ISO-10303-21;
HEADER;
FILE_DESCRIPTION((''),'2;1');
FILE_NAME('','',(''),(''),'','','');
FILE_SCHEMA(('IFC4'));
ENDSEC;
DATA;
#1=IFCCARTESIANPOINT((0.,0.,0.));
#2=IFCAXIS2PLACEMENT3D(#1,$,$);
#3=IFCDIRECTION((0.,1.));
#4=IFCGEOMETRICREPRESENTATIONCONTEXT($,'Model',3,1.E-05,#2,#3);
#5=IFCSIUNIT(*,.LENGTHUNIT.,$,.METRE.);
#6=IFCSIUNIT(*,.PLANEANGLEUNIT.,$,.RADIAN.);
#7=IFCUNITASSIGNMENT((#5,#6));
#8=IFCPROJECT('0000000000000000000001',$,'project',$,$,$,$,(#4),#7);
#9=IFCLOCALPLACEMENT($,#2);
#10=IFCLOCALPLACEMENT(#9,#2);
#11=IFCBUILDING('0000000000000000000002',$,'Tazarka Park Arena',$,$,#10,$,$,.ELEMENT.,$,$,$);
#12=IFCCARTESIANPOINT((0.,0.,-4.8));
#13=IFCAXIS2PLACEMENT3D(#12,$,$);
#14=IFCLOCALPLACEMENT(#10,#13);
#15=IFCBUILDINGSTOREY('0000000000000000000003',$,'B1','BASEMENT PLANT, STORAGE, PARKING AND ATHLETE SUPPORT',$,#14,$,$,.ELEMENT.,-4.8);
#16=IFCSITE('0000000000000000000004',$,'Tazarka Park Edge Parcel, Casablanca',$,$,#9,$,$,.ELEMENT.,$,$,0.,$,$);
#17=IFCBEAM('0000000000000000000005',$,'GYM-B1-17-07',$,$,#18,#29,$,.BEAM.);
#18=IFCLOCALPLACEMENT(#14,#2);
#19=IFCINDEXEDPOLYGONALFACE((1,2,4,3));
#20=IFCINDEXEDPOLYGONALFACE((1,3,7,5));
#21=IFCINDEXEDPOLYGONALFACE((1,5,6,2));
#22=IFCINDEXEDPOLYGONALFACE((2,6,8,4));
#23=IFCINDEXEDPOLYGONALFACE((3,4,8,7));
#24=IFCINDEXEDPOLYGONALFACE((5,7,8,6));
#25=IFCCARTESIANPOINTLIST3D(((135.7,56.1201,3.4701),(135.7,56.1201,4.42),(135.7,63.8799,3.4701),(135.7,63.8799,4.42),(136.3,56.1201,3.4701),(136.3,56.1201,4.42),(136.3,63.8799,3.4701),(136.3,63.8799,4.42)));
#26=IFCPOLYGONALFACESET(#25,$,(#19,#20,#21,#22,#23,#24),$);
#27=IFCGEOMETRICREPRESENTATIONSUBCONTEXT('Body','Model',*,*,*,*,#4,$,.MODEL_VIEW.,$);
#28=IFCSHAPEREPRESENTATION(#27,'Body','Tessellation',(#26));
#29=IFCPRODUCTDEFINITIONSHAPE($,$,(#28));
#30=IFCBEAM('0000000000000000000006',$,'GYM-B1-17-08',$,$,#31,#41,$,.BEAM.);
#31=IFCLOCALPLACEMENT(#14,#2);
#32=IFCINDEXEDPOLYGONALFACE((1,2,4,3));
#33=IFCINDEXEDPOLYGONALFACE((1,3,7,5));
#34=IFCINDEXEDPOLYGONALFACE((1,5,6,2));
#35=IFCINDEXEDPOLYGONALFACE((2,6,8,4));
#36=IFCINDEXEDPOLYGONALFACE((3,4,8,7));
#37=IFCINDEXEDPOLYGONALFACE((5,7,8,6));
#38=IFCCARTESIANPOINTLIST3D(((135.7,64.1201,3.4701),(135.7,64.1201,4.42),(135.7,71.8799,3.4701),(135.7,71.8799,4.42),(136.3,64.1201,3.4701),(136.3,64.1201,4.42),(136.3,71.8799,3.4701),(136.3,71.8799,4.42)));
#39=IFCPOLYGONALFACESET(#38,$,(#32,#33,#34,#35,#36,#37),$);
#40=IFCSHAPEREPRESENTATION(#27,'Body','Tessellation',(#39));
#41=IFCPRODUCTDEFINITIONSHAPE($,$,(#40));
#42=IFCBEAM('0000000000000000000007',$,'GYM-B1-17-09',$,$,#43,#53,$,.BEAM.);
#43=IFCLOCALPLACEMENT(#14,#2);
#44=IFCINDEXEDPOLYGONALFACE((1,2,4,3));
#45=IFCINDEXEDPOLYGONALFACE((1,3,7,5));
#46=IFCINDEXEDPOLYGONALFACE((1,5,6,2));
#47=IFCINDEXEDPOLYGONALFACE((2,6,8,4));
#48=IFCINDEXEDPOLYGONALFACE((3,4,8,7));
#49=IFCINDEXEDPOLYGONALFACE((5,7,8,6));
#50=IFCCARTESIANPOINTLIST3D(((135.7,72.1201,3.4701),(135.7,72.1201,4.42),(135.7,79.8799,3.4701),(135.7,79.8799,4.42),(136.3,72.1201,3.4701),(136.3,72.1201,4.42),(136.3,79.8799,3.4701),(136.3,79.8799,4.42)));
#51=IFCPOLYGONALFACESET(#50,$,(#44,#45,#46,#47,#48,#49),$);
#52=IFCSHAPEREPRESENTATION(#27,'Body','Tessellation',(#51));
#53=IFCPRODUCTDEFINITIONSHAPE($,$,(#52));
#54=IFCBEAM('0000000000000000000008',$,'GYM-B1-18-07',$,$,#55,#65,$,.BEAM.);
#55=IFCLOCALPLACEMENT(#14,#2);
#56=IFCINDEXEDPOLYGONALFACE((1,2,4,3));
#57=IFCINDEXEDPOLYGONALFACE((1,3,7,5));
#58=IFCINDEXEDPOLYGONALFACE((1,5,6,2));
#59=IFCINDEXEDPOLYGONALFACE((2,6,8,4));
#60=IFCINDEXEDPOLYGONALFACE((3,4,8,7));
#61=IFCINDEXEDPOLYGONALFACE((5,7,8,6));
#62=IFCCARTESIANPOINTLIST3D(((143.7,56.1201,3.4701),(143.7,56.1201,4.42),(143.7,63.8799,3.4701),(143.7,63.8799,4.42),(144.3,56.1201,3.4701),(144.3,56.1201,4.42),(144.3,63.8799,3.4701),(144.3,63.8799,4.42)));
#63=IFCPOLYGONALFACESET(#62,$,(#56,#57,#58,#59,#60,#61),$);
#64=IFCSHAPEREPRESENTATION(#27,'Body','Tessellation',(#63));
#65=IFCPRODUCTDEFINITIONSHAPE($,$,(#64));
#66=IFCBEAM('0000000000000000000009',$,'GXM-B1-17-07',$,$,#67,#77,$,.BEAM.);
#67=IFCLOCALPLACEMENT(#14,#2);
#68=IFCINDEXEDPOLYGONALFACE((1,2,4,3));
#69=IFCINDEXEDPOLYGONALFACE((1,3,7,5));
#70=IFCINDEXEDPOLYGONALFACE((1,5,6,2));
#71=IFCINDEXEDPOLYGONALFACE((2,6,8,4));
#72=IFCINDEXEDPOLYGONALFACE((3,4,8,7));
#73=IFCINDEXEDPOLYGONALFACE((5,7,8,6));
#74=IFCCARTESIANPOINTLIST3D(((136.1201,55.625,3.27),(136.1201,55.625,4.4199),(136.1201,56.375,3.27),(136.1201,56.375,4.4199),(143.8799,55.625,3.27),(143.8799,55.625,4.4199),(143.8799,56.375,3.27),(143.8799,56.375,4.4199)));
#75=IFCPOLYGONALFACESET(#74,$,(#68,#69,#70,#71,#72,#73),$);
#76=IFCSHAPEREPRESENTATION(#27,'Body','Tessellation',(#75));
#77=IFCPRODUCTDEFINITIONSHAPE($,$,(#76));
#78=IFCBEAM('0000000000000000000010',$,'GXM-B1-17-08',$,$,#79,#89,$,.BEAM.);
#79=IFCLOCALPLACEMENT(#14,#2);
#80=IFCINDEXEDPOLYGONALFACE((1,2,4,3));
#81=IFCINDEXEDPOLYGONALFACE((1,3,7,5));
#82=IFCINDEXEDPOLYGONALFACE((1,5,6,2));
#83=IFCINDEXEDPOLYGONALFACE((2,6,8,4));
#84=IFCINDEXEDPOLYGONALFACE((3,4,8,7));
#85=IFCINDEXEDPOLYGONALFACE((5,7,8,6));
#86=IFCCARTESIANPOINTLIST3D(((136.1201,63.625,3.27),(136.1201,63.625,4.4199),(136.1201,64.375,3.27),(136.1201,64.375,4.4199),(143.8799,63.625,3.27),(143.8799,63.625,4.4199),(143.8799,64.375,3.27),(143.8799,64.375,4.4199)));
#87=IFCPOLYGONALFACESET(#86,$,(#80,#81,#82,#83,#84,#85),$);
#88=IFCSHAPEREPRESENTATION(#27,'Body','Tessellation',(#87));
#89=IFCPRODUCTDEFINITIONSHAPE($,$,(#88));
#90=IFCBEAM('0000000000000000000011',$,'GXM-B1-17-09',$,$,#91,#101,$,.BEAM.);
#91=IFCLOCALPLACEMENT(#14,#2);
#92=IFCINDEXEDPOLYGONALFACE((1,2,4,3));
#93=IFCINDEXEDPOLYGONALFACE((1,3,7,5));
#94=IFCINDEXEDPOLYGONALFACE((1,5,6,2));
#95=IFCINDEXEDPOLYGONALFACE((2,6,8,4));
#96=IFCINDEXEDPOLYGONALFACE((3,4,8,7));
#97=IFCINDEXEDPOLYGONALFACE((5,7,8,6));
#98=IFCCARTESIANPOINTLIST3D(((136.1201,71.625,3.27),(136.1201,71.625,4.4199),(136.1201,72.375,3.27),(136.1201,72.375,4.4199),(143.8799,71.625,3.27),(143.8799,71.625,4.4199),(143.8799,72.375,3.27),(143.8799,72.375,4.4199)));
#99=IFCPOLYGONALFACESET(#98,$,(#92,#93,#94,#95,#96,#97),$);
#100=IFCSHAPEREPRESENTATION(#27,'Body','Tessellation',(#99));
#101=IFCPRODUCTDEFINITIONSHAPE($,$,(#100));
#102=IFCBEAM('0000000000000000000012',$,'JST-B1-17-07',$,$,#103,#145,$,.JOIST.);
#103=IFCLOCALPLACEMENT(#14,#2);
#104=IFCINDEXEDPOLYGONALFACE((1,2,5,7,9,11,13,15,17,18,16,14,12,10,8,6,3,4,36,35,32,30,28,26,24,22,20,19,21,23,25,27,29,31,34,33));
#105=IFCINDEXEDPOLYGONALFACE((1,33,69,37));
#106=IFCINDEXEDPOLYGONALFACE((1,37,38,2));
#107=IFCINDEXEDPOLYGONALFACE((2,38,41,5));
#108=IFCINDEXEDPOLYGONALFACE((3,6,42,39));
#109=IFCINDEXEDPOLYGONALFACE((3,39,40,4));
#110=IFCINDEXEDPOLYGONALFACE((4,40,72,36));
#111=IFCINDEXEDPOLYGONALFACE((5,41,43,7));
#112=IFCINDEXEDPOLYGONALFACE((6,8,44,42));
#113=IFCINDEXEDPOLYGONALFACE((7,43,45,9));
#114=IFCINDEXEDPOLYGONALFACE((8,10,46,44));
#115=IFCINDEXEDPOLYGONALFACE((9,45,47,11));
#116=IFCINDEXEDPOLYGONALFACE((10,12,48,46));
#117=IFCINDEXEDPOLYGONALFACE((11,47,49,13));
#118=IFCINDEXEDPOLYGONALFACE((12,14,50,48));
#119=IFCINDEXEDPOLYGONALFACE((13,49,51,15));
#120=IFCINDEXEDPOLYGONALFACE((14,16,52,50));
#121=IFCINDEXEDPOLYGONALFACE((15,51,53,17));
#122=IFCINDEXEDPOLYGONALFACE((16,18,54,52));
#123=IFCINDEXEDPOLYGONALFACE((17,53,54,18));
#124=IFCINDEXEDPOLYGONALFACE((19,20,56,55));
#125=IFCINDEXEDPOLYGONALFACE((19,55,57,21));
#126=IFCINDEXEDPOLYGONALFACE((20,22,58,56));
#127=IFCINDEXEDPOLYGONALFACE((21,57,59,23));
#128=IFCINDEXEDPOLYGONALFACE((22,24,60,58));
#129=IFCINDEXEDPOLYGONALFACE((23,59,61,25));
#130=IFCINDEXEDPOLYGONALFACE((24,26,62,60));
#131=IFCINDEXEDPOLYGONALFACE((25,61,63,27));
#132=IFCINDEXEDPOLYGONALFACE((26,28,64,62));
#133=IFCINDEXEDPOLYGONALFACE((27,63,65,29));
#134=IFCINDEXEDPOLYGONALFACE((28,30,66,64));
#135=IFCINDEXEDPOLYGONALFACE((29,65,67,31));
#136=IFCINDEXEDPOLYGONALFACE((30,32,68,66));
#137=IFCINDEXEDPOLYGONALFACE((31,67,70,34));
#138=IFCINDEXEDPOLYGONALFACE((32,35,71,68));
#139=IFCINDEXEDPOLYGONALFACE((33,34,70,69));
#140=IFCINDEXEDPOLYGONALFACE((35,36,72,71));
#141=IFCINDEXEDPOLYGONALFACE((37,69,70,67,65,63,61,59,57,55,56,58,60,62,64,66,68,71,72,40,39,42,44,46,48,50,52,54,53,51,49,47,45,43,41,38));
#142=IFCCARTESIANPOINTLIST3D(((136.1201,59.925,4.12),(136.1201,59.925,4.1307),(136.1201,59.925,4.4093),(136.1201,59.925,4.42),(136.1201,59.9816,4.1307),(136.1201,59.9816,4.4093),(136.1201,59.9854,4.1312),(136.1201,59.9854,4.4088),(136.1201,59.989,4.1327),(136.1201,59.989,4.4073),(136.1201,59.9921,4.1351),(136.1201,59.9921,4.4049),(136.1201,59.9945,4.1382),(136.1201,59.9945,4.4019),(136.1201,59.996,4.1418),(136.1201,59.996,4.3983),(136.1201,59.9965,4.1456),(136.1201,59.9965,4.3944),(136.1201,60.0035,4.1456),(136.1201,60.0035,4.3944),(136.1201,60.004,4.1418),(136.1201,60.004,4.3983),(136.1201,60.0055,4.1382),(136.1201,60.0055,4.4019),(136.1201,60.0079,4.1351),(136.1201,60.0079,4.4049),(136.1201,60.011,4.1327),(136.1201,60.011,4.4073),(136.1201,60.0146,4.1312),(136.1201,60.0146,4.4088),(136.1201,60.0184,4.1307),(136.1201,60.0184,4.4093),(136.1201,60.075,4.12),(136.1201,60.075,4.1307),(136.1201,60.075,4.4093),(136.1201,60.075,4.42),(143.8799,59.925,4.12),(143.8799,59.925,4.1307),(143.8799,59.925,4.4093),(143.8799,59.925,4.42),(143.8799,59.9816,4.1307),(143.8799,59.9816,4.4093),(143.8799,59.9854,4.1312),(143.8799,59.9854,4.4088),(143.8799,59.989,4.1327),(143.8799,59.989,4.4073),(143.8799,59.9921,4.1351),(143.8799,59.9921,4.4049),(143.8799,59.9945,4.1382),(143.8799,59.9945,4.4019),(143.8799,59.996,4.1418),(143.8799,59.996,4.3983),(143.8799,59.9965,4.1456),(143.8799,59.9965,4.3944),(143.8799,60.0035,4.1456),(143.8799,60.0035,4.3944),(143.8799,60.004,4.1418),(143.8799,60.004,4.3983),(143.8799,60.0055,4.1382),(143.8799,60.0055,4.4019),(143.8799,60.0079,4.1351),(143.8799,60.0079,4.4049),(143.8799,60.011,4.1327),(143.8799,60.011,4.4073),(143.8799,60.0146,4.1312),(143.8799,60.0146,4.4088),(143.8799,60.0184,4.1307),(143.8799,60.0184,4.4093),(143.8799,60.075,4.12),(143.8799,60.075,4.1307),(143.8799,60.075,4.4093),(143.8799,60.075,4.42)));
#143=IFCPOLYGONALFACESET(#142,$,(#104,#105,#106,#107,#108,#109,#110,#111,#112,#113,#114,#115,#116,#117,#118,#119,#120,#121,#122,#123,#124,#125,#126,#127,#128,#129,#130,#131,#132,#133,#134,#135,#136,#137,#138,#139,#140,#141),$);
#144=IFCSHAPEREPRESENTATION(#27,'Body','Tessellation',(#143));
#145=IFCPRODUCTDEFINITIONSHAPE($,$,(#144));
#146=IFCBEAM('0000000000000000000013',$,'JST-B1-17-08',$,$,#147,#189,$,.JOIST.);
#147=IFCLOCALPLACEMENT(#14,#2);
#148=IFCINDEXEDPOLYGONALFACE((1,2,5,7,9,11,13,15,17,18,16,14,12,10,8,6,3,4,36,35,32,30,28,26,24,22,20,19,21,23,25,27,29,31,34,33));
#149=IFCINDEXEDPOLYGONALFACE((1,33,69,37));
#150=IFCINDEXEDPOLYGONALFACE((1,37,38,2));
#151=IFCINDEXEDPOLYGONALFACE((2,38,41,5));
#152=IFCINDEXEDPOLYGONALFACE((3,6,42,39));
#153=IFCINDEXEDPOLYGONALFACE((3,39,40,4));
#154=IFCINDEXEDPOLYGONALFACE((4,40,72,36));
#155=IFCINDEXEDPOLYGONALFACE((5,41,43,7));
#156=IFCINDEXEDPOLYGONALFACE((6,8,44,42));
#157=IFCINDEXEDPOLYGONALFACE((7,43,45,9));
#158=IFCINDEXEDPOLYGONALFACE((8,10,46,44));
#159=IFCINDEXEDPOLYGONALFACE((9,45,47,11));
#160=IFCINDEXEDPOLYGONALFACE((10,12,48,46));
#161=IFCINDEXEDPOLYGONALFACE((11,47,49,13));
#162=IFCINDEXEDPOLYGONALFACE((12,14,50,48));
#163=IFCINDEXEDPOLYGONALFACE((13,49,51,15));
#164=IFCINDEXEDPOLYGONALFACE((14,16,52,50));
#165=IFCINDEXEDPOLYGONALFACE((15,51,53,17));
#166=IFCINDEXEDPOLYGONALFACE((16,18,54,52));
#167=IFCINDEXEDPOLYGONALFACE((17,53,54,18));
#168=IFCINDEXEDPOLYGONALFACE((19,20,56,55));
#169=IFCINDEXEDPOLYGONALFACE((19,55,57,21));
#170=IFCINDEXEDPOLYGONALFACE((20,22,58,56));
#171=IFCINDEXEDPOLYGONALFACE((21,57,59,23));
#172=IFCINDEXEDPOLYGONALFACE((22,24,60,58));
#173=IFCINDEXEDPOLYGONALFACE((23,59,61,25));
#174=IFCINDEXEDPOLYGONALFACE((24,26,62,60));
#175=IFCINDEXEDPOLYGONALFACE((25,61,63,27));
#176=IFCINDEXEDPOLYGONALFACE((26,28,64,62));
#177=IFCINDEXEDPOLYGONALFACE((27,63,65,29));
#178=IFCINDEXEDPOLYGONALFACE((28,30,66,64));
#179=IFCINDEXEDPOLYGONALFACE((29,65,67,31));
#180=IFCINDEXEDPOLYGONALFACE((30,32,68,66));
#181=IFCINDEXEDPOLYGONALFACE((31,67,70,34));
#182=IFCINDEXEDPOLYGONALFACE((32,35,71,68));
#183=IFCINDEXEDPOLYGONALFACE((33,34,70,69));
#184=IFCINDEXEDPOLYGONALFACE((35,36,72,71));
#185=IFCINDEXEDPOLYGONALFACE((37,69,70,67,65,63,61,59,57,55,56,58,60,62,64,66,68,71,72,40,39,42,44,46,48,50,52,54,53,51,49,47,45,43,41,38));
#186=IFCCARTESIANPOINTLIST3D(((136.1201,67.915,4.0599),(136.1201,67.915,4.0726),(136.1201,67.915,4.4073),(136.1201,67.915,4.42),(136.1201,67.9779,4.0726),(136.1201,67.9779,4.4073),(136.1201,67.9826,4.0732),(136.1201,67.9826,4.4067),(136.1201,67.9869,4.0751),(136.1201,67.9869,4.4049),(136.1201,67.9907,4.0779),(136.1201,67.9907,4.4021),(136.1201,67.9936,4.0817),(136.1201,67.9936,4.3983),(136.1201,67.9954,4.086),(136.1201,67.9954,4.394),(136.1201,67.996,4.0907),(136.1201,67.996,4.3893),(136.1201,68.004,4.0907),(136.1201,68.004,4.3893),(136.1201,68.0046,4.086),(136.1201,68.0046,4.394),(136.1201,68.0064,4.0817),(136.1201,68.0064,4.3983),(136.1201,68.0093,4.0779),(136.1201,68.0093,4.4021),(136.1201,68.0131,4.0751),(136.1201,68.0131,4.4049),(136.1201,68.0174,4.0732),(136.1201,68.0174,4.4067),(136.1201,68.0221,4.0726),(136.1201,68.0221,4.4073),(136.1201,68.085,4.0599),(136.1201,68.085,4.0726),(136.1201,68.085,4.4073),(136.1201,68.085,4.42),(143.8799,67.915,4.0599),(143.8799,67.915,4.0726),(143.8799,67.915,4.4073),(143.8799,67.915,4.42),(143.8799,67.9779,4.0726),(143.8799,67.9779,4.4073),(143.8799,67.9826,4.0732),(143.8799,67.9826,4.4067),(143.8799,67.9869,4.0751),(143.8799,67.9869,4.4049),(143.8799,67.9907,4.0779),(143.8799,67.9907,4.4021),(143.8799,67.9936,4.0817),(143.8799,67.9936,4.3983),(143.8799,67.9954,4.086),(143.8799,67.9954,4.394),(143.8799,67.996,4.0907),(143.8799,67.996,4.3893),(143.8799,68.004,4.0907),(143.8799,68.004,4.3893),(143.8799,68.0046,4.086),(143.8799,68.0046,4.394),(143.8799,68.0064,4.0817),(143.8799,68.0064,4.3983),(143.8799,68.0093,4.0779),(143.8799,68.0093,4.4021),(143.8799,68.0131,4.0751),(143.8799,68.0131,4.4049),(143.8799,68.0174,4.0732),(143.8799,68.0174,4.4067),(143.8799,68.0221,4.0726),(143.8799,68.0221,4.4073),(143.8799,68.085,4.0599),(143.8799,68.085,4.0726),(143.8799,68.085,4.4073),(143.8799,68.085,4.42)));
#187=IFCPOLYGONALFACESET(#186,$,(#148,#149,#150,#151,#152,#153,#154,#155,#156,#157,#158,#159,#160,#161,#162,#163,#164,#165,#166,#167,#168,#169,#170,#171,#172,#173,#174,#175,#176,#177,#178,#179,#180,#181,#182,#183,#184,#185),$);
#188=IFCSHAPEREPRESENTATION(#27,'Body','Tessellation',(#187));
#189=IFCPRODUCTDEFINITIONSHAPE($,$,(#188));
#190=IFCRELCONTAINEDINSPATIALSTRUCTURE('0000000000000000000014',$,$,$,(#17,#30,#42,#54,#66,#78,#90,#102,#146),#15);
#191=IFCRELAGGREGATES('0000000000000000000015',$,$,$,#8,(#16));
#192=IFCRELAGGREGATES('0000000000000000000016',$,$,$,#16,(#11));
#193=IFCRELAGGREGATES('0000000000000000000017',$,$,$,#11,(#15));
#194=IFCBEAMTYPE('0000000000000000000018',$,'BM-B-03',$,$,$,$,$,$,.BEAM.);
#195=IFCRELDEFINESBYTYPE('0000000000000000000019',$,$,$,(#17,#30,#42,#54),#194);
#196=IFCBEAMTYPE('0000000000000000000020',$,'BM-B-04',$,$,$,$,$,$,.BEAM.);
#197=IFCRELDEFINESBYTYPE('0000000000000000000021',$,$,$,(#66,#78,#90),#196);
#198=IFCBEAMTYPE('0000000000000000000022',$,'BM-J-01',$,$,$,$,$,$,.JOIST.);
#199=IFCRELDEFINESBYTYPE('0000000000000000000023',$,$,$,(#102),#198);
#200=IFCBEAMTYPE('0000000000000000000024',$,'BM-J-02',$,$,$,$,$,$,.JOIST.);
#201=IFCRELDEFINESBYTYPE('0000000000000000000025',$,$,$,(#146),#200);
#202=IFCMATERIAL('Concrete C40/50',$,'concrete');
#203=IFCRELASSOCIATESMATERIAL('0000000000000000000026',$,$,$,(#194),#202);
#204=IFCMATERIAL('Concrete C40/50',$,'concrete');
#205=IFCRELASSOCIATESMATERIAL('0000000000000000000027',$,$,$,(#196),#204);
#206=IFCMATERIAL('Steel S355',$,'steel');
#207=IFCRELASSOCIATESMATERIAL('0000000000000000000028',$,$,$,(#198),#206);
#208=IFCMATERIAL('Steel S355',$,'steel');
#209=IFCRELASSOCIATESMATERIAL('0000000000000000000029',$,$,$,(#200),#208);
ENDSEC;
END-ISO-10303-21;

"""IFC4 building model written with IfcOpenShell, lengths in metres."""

from ifc_helpers import new_model, si_unit, direction, frame, origin, origin_2d, place, context, subcontext, project, spatial, rectangle, i_section, extrude, material, material_profile, profile_set, type_object, element, save


model = new_model("IFC4")

# Units and contexts
model_context = context("Model", 3, precision=1e-05, world=origin(), true_north=direction((0.0, 1.0)))
body_context = subcontext(model_context, "Body", "Model", "MODEL_VIEW")
ifc_project = project(units=[si_unit("LENGTHUNIT", "METRE"), si_unit("PLANEANGLEUNIT", "RADIAN")], contexts=[model_context])

# Site, building, storey
site_placement = place(None, origin())
site = spatial("IfcSite", under=ifc_project, at=site_placement, Name="Tazarka Park Edge Parcel, Casablanca", CompositionType="ELEMENT", RefElevation=0.0)
building_placement = place(site_placement, origin())
building = spatial("IfcBuilding", under=site, at=building_placement, Name="Tazarka Park Arena", CompositionType="ELEMENT")
storey_placement = place(building_placement, frame((0.0, 0.0, -4.8)))
storey = spatial("IfcBuildingStorey", under=building, at=storey_placement, Name="B1", Description="BASEMENT PLANT, STORAGE, PARKING AND ATHLETE SUPPORT", CompositionType="ELEMENT", Elevation=-4.8)

# Beams
ifc_material_1 = material(Name="Concrete C40/50", Category="concrete")
ifc_material_profile_1 = material_profile(ifc_material_1, rectangle(XDim=0.6001, YDim=0.95, at=origin_2d()), Name="Concrete C40/50")
ifc_profile_set_1 = profile_set([ifc_material_profile_1], Name="Concrete C40/50")
beam_type_1 = type_object("IfcBeamType", Name="BM-B-03", PredefinedType="BEAM", material=ifc_profile_set_1)
for number, where, z_axis, x_axis, name in (
    (1, (136.0, 56.1201, 3.9451), (0.0, 1.0, 0.0), (-1.0, 0.0, 0.0), "GYM-B1-17-07"),
    (2, (136.0, 64.1201, 3.9451), (0.0, 1.0, 0.0), (-1.0, 0.0, 0.0), "GYM-B1-17-08"),
    (3, (136.0, 72.1201, 3.9451), (0.0, 1.0, 0.0), (-1.0, 0.0, 0.0), "GYM-B1-17-09"),
    (4, (144.0, 56.1201, 3.9451), (0.0, 1.0, 0.0), (-1.0, 0.0, 0.0), "GYM-B1-18-07"),
):
    element("IfcBeam", number, at=place(storey_placement, frame(where, z_axis=z_axis, x_axis=x_axis)), inside=storey, type_object=beam_type_1, Name=name, PredefinedType="BEAM", context=body_context, shape_type="SweptSolid", body=[
        extrude(rectangle(XDim=0.6001, YDim=0.95, at=origin_2d()), origin(), (0.0, 0.0, 1.0), 7.7598),
    ])
ifc_material_2 = material(Name="Concrete C40/50", Category="concrete")
ifc_material_profile_2 = material_profile(ifc_material_2, rectangle(XDim=0.75, YDim=1.1499, at=origin_2d()), Name="Concrete C40/50")
ifc_profile_set_2 = profile_set([ifc_material_profile_2], Name="Concrete C40/50")
beam_type_2 = type_object("IfcBeamType", Name="BM-B-04", PredefinedType="BEAM", material=ifc_profile_set_2)
for number, where, z_axis, x_axis, name in (
    (5, (136.1201, 56.0, 3.845), (1.0, 0.0, 0.0), (0.0, 1.0, 0.0), "GXM-B1-17-07"),
    (6, (136.1201, 64.0, 3.845), (1.0, 0.0, 0.0), (0.0, 1.0, 0.0), "GXM-B1-17-08"),
    (7, (136.1201, 72.0, 3.845), (1.0, 0.0, 0.0), (0.0, 1.0, 0.0), "GXM-B1-17-09"),
):
    element("IfcBeam", number, at=place(storey_placement, frame(where, z_axis=z_axis, x_axis=x_axis)), inside=storey, type_object=beam_type_2, Name=name, PredefinedType="BEAM", context=body_context, shape_type="SweptSolid", body=[
        extrude(rectangle(XDim=0.75, YDim=1.1499, at=origin_2d()), origin(), (0.0, 0.0, 1.0), 7.7598),
    ])
ifc_material_3 = material(Name="Steel S355", Category="steel")
ifc_material_profile_3 = material_profile(ifc_material_3, i_section(OverallWidth=0.1499, OverallDepth=0.3, WebThickness=0.0071, FlangeThickness=0.0107, FilletRadius=0.0149, at=origin_2d()), Name="Steel S355")
ifc_profile_set_3 = profile_set([ifc_material_profile_3], Name="Steel S355")
beam_type_3 = type_object("IfcBeamType", Name="BM-J-01", PredefinedType="JOIST", material=ifc_profile_set_3)
beam_1_placement = place(storey_placement, frame((136.1201, 60.0, 4.27), z_axis=(1.0, 0.0, 0.0), x_axis=(0.0, 1.0, 0.0)))
element("IfcBeam", 8, at=beam_1_placement, inside=storey, type_object=beam_type_3, Name="JST-B1-17-07", PredefinedType="JOIST", context=body_context, shape_type="SweptSolid", body=[
    extrude(i_section(OverallWidth=0.1499, OverallDepth=0.3, WebThickness=0.0071, FlangeThickness=0.0107, FilletRadius=0.0149, at=origin_2d()), origin(), (0.0, 0.0, 1.0), 7.7598),
])
ifc_material_4 = material(Name="Steel S355", Category="steel")
ifc_material_profile_4 = material_profile(ifc_material_4, i_section(OverallWidth=0.1699, OverallDepth=0.3601, WebThickness=0.0081, FlangeThickness=0.0127, FilletRadius=0.0181, at=origin_2d()), Name="Steel S355")
ifc_profile_set_4 = profile_set([ifc_material_profile_4], Name="Steel S355")
beam_type_4 = type_object("IfcBeamType", Name="BM-J-02", PredefinedType="JOIST", material=ifc_profile_set_4)
beam_2_placement = place(storey_placement, frame((136.1201, 68.0, 4.24), z_axis=(1.0, 0.0, 0.0), x_axis=(0.0, 1.0, 0.0)))
element("IfcBeam", 9, at=beam_2_placement, inside=storey, type_object=beam_type_4, Name="JST-B1-17-08", PredefinedType="JOIST", context=body_context, shape_type="SweptSolid", body=[
    extrude(i_section(OverallWidth=0.1699, OverallDepth=0.3601, WebThickness=0.0081, FlangeThickness=0.0127, FilletRadius=0.0181, at=origin_2d()), origin(), (0.0, 0.0, 1.0), 7.7598),
])

save(model, "model.ifc")
